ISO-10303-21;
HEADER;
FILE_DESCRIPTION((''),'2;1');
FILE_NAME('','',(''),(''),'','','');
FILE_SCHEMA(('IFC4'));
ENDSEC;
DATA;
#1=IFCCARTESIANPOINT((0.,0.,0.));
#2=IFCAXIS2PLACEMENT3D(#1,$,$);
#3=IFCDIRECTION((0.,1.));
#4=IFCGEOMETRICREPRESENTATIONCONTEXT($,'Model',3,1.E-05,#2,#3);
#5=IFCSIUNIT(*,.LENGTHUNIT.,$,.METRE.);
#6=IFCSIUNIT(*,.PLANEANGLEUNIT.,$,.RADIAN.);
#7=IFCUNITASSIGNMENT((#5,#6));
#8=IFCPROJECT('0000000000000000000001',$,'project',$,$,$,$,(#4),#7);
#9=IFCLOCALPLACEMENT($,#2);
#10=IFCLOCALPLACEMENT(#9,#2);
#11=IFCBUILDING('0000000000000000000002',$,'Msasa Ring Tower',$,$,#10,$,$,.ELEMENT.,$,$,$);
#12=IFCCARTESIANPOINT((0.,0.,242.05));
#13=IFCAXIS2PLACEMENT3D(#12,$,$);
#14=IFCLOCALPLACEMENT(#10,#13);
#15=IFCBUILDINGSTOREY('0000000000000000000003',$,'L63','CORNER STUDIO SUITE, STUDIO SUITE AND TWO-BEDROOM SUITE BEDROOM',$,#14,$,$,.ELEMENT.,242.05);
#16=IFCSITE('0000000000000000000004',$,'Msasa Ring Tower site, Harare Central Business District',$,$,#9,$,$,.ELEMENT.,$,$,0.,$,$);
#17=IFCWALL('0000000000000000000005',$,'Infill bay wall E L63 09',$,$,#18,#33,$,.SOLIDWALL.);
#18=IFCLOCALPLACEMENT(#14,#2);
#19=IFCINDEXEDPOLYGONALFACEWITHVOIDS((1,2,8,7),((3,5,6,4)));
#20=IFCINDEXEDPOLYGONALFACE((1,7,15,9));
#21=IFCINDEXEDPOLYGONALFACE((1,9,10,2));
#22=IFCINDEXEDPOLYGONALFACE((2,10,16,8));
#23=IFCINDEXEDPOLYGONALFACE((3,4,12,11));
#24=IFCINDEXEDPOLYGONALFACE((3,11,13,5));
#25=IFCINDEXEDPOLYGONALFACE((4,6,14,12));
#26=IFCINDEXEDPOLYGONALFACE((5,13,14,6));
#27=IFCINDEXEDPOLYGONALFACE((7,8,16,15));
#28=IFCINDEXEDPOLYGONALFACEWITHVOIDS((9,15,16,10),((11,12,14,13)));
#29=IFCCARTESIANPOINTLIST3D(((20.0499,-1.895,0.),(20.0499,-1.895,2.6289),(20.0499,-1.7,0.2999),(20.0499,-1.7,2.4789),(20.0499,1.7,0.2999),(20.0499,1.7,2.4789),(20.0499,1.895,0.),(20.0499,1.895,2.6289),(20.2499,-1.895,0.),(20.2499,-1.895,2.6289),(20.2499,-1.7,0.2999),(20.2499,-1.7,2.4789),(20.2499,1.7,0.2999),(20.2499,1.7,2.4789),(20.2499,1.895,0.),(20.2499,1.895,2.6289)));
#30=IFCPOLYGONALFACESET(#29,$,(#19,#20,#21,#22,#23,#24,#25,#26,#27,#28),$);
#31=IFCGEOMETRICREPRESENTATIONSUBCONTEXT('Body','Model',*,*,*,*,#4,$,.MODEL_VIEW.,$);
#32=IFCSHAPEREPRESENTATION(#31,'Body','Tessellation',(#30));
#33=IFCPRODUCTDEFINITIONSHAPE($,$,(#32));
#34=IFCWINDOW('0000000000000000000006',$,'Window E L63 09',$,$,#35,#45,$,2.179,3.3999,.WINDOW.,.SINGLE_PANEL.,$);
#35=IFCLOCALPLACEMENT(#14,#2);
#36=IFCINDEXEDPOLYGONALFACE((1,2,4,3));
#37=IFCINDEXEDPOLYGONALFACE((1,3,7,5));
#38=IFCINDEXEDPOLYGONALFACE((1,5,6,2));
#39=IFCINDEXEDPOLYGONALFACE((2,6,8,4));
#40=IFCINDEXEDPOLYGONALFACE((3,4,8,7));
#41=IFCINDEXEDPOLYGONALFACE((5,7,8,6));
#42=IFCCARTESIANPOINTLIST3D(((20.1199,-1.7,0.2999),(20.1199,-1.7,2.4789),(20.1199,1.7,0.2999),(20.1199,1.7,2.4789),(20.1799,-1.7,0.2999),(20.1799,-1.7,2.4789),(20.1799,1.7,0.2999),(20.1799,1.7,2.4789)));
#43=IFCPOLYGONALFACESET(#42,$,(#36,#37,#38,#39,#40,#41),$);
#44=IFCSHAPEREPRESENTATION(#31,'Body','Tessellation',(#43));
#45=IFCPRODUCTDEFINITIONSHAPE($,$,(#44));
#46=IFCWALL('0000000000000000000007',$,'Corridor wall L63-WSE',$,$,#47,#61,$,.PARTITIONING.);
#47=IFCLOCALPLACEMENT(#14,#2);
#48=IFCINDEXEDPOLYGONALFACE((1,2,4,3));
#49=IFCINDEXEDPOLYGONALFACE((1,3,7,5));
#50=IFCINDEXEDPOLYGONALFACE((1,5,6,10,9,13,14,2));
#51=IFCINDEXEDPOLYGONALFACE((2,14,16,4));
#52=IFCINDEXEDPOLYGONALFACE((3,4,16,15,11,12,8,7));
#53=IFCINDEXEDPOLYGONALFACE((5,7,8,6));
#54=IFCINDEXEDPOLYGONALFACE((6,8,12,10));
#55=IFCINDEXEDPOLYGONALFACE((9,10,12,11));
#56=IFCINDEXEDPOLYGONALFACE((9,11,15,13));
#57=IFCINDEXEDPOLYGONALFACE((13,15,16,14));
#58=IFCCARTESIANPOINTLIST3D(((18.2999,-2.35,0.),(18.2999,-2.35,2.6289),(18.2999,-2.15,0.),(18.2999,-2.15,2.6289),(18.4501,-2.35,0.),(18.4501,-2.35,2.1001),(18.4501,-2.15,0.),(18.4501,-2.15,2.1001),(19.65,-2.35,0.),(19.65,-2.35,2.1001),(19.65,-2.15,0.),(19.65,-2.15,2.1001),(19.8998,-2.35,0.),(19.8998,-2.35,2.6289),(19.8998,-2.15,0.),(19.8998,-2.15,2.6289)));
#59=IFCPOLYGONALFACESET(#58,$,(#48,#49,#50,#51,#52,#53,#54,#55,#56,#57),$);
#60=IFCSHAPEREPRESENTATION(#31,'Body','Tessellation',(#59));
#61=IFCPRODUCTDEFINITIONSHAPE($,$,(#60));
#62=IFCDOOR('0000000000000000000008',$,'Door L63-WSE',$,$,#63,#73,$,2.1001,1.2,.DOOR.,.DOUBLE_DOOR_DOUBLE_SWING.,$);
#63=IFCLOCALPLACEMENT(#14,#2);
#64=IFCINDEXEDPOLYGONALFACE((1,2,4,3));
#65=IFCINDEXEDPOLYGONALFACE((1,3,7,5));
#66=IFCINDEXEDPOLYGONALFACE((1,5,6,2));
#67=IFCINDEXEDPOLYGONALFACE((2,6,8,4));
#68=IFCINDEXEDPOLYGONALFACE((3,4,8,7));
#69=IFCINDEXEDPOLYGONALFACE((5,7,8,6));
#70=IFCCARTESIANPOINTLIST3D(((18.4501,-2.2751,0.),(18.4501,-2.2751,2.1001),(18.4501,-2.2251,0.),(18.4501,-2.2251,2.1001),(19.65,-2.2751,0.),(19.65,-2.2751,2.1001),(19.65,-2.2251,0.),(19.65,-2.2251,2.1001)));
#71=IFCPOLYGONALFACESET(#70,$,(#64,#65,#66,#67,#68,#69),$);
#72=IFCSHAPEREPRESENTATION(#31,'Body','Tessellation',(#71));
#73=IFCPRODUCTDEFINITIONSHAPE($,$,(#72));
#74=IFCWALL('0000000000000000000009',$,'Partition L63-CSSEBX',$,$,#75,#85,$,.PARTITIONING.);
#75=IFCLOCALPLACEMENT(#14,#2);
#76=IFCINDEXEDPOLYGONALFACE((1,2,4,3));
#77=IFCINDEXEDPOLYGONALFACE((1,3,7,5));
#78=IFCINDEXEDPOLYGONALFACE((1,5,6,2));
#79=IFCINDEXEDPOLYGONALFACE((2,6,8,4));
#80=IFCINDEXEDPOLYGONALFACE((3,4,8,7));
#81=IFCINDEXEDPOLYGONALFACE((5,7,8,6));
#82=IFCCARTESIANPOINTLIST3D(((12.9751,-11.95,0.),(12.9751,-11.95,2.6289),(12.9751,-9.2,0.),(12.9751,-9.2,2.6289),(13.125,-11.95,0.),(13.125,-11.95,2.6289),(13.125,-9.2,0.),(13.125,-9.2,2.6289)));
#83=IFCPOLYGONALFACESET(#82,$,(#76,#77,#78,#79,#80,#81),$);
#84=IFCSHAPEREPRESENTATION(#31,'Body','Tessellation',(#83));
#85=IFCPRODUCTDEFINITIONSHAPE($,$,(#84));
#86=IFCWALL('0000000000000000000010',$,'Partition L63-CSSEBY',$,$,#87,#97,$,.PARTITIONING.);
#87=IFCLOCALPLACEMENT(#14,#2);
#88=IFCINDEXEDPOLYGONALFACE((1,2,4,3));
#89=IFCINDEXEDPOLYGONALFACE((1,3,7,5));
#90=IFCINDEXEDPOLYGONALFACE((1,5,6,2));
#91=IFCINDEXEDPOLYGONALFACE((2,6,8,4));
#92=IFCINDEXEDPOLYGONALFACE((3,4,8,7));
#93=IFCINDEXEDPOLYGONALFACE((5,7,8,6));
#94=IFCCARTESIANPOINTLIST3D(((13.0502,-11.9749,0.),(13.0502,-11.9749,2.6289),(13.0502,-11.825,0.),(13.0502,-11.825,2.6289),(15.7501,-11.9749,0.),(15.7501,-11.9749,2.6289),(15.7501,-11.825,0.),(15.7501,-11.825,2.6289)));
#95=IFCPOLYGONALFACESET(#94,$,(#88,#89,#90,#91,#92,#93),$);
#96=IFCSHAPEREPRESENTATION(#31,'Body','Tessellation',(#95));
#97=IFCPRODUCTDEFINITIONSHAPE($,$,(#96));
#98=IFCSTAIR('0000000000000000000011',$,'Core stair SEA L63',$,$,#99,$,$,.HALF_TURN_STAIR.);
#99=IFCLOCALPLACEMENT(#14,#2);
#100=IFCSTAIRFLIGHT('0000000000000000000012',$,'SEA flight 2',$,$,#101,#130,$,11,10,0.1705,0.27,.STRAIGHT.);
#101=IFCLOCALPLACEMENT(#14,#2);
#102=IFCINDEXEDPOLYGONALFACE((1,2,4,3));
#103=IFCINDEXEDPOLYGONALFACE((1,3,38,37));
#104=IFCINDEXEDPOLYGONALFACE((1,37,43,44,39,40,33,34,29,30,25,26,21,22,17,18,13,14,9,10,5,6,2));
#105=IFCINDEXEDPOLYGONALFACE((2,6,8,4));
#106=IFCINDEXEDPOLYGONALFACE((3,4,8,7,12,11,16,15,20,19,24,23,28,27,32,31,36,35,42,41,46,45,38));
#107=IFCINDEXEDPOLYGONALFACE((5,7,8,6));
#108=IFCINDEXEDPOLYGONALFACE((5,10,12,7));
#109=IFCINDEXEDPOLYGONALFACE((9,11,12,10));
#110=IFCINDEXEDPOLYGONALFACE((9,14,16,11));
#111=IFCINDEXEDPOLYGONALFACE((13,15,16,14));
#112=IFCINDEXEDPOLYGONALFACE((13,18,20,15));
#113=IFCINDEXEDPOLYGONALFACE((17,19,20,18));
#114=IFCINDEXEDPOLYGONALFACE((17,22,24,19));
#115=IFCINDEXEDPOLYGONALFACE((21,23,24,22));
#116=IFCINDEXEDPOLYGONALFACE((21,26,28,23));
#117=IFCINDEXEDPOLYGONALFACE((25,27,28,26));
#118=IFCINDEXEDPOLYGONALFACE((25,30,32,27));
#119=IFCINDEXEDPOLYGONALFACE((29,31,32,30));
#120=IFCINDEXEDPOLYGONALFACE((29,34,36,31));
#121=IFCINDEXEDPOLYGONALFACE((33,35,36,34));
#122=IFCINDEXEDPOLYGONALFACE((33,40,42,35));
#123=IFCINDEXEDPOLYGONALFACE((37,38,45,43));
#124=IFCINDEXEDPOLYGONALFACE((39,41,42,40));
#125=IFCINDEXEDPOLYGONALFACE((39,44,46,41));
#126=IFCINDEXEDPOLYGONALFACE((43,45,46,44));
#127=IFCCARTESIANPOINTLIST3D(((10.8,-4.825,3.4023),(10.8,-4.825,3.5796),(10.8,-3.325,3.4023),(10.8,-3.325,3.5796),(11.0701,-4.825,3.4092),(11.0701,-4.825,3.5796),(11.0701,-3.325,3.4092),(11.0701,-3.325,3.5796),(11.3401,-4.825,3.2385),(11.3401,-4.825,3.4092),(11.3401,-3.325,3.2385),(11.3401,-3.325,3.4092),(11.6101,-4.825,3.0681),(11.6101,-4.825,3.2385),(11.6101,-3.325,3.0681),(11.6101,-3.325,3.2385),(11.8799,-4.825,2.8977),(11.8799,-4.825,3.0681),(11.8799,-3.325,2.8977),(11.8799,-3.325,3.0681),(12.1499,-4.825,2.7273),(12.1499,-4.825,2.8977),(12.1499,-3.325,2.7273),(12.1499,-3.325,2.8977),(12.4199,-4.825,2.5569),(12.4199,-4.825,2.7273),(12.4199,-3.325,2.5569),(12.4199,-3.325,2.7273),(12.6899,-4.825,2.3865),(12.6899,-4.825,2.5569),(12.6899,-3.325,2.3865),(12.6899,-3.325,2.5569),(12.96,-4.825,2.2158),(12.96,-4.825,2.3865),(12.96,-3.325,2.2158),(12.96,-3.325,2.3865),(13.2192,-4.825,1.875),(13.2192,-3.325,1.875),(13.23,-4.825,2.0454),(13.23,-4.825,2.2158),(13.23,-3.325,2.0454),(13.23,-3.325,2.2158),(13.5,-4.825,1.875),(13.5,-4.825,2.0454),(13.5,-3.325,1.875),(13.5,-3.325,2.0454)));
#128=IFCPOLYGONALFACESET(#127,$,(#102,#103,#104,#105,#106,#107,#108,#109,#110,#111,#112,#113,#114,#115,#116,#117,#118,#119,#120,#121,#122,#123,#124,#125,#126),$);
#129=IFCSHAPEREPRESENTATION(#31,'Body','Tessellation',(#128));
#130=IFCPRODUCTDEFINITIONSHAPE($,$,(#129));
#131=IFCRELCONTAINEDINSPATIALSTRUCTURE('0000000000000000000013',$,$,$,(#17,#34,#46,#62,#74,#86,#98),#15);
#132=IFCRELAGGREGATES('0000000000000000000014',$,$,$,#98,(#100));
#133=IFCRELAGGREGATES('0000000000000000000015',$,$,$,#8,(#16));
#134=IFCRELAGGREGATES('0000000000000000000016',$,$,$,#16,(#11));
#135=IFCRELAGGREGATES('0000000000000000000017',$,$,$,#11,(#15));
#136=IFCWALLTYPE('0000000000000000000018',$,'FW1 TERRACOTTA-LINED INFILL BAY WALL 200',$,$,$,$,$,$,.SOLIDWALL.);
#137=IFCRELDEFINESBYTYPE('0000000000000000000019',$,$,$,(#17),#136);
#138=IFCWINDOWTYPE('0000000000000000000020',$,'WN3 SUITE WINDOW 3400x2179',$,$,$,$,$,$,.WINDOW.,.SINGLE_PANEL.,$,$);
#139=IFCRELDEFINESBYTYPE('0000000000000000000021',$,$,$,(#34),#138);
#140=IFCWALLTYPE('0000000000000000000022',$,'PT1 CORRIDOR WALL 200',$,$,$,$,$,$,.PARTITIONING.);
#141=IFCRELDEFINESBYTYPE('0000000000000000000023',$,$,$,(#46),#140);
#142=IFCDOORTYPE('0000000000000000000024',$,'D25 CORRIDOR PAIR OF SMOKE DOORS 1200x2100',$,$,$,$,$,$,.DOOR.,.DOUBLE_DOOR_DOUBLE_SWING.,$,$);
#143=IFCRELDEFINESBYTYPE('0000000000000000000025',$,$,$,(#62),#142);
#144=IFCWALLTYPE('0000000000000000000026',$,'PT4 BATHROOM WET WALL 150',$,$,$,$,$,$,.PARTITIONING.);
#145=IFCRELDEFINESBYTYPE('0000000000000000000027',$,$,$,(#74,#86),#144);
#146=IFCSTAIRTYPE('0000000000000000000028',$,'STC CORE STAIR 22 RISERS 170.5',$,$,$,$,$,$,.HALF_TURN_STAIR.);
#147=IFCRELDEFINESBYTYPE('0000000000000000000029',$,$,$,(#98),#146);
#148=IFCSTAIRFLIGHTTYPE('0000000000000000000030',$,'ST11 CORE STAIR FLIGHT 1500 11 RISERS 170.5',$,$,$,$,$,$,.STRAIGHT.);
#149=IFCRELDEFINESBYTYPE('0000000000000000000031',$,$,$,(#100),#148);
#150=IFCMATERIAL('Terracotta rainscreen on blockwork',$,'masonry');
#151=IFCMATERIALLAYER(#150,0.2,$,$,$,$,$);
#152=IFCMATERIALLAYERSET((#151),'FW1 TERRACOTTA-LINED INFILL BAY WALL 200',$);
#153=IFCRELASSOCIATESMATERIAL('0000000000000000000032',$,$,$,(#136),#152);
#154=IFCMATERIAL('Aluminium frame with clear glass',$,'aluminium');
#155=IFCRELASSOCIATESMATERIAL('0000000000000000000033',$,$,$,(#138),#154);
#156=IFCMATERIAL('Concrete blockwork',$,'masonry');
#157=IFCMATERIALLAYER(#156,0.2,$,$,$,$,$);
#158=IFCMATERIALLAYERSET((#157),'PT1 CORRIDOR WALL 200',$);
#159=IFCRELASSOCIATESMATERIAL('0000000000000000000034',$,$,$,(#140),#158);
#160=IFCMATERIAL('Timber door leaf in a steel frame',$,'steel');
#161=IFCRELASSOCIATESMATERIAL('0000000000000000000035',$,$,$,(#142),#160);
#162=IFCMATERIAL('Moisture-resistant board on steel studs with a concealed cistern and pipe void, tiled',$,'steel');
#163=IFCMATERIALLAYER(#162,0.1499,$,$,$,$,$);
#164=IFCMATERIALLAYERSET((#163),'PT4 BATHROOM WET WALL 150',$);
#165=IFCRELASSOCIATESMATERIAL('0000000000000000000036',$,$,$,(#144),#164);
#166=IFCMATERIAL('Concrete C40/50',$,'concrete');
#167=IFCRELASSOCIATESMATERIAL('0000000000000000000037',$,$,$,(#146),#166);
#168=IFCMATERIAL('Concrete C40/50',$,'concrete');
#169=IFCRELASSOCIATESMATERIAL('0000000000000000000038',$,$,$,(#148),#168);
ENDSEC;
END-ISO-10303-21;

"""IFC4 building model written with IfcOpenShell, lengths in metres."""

from ifc_helpers import new_model, si_unit, direction, frame, frame_2d, origin, place, context, subcontext, project, spatial, polyline, rectangle, outline, extrude, material, layer, layer_set, type_object, element, fill, aggregate, save


model = new_model("IFC4")

# Units and contexts
model_context = context("Model", 3, precision=1e-05, world=origin(), true_north=direction((0.0, 1.0)))
body_context = subcontext(model_context, "Body", "Model", "MODEL_VIEW")
ifc_project = project(units=[si_unit("LENGTHUNIT", "METRE"), si_unit("PLANEANGLEUNIT", "RADIAN")], contexts=[model_context])

# Site, building, storey
site_placement = place(None, origin())
site = spatial("IfcSite", under=ifc_project, at=site_placement, Name="Msasa Ring Tower site, Harare Central Business District", CompositionType="ELEMENT", RefElevation=0.0)
building_placement = place(site_placement, origin())
building = spatial("IfcBuilding", under=site, at=building_placement, Name="Msasa Ring Tower", CompositionType="ELEMENT")
storey_placement = place(building_placement, frame((0.0, 0.0, 242.05)))
storey = spatial("IfcBuildingStorey", under=building, at=storey_placement, Name="L63", Description="CORNER STUDIO SUITE, STUDIO SUITE AND TWO-BEDROOM SUITE BEDROOM", CompositionType="ELEMENT", Elevation=242.05)

# Wall, opening, window
ifc_material_1 = material(Name="Terracotta rainscreen on blockwork", Category="masonry")
ifc_layer_1 = layer(ifc_material_1, 0.2)
ifc_layer_set_1 = layer_set([ifc_layer_1], Name="FW1 TERRACOTTA-LINED INFILL BAY WALL 200")
wall_type_1 = type_object("IfcWallType", Name="FW1 TERRACOTTA-LINED INFILL BAY WALL 200", PredefinedType="SOLIDWALL", material=ifc_layer_set_1)
ifc_material_2 = material(Name="Aluminium frame with clear glass", Category="aluminium")
window_type = type_object("IfcWindowType", Name="WN3 SUITE WINDOW 3400x2179", PartitioningType="SINGLE_PANEL", PredefinedType="WINDOW", material=ifc_material_2)
wall_1_placement = place(storey_placement, frame((20.1499, -1.895, 0.0), z_axis=(0.0, 0.0, 1.0), x_axis=(0.0, 1.0, 0.0)))
wall_1 = element("IfcWall", 1, at=wall_1_placement, inside=storey, type_object=wall_type_1, Name="Infill bay wall E L63 09", PredefinedType="SOLIDWALL", context=body_context, shape_type="SweptSolid", body=[
    extrude(rectangle(XDim=3.79, YDim=0.2, at=frame_2d((1.895, 0.0))), origin(), (0.0, 0.0, 1.0), 2.6289),
])
opening_1_placement = place(wall_1_placement, frame((0.1951, 0.0, 0.3)))
opening_1 = element("IfcOpeningElement", 2, at=opening_1_placement, cuts=wall_1, PredefinedType="OPENING", context=body_context, shape_type="SweptSolid", body=[
    extrude(rectangle(XDim=3.3999, YDim=2.179, at=frame_2d((1.7, 1.0894))), frame((0.0, 0.1099, 0.0), z_axis=(0.0, -1.0, 0.0), x_axis=(1.0, 0.0, 0.0)), (0.0, 0.0, 1.0), 0.22),
])
window_1_placement = place(opening_1_placement, origin())
window_1 = element("IfcWindow", 3, at=window_1_placement, inside=storey, type_object=window_type, Name="Window E L63 09", OverallHeight=2.179, OverallWidth=3.3999, PartitioningType="SINGLE_PANEL", PredefinedType="WINDOW", context=body_context, shape_type="SweptSolid", body=[
    extrude(rectangle(XDim=3.3999, YDim=2.179, at=frame_2d((1.7, 1.0894))), frame((0.0, 0.03, 0.0), z_axis=(0.0, -1.0, 0.0), x_axis=(1.0, 0.0, 0.0)), (0.0, 0.0, 1.0), 0.0601),
])
fill(opening_1, window_1)

# Wall, opening, door
ifc_material_3 = material(Name="Concrete blockwork", Category="masonry")
ifc_layer_2 = layer(ifc_material_3, 0.2)
ifc_layer_set_2 = layer_set([ifc_layer_2], Name="PT1 CORRIDOR WALL 200")
wall_type_2 = type_object("IfcWallType", Name="PT1 CORRIDOR WALL 200", PredefinedType="PARTITIONING", material=ifc_layer_set_2)
wall_2_placement = place(storey_placement, frame((18.3, -2.25, 0.0), z_axis=(0.0, 0.0, 1.0), x_axis=(1.0, 0.0, 0.0)))
wall_2 = element("IfcWall", 4, at=wall_2_placement, inside=storey, type_object=wall_type_2, Name="Corridor wall L63-WSE", PredefinedType="PARTITIONING", context=body_context, shape_type="SweptSolid", body=[
    extrude(rectangle(XDim=1.5999, YDim=0.2, at=frame_2d((0.7998, 0.0))), origin(), (0.0, 0.0, 1.0), 2.6289),
])
opening_2_placement = place(wall_2_placement, frame((0.1499, 0.0, 0.0)))
opening_2 = element("IfcOpeningElement", 5, at=opening_2_placement, cuts=wall_2, PredefinedType="OPENING", context=body_context, shape_type="SweptSolid", body=[
    extrude(rectangle(XDim=1.2, YDim=2.1001, at=frame_2d((0.6001, 1.05))), frame((0.0, 0.1099, 0.0), z_axis=(0.0, -1.0, 0.0), x_axis=(1.0, 0.0, 0.0)), (0.0, 0.0, 1.0), 0.22),
])
ifc_material_4 = material(Name="Timber door leaf in a steel frame", Category="steel")
door_type_1 = type_object("IfcDoorType", Name="D25 CORRIDOR PAIR OF SMOKE DOORS 1200x2100", OperationType="DOUBLE_DOOR_DOUBLE_SWING", PredefinedType="DOOR", material=ifc_material_4)
door_1_placement = place(opening_2_placement, origin())
door_1 = element("IfcDoor", 6, at=door_1_placement, inside=storey, type_object=door_type_1, Name="Door L63-WSE", OperationType="DOUBLE_DOOR_DOUBLE_SWING", OverallHeight=2.1001, OverallWidth=1.2, PredefinedType="DOOR", context=body_context, shape_type="SweptSolid", body=[
    extrude(rectangle(XDim=1.2, YDim=2.1001, at=frame_2d((0.6001, 1.05))), frame((0.0, 0.0249, 0.0), z_axis=(0.0, -1.0, 0.0), x_axis=(1.0, 0.0, 0.0)), (0.0, 0.0, 1.0), 0.05),
])
fill(opening_2, door_1)

# Walls
ifc_material_5 = material(Name="Moisture-resistant board on steel studs with a concealed cistern and pipe void, tiled", Category="steel")
ifc_layer_3 = layer(ifc_material_5, 0.1499)
ifc_layer_set_3 = layer_set([ifc_layer_3], Name="PT4 BATHROOM WET WALL 150")
wall_type_3 = type_object("IfcWallType", Name="PT4 BATHROOM WET WALL 150", PredefinedType="PARTITIONING", material=ifc_layer_set_3)
wall_3_placement = place(storey_placement, frame((13.05, -11.95, 0.0), z_axis=(0.0, 0.0, 1.0), x_axis=(0.0, 1.0, 0.0)))
element("IfcWall", 7, at=wall_3_placement, inside=storey, type_object=wall_type_3, Name="Partition L63-CSSEBX", PredefinedType="PARTITIONING", context=body_context, shape_type="SweptSolid", body=[
    extrude(rectangle(XDim=2.75, YDim=0.1499, at=frame_2d((1.375, 0.0))), origin(), (0.0, 0.0, 1.0), 2.6289),
])
wall_4_placement = place(storey_placement, frame((13.05, -11.8999, 0.0), z_axis=(0.0, 0.0, 1.0), x_axis=(1.0, 0.0, 0.0)))
element("IfcWall", 8, at=wall_4_placement, inside=storey, type_object=wall_type_3, Name="Partition L63-CSSEBY", PredefinedType="PARTITIONING", context=body_context, shape_type="SweptSolid", body=[
    extrude(rectangle(XDim=2.7, YDim=0.1499, at=frame_2d((1.3501, 0.0))), origin(), (0.0, 0.0, 1.0), 2.6289),
])

# Stair, stair flight
ifc_material_6 = material(Name="Concrete C40/50", Category="concrete")
stair_type = type_object("IfcStairType", Name="STC CORE STAIR 22 RISERS 170.5", PredefinedType="HALF_TURN_STAIR", material=ifc_material_6)
stair_placement = place(storey_placement, origin())
stair = element("IfcStair", 9, at=stair_placement, inside=storey, type_object=stair_type, Name="Core stair SEA L63", PredefinedType="HALF_TURN_STAIR")
ifc_material_7 = material(Name="Concrete C40/50", Category="concrete")
stair_flight_type = type_object("IfcStairFlightType", Name="ST11 CORE STAIR FLIGHT 1500 11 RISERS 170.5", PredefinedType="STRAIGHT", material=ifc_material_7)
stair_flight_placement = place(storey_placement, frame((13.5, -4.075, 1.875), z_axis=(0.0, 0.0, 1.0), x_axis=(-1.0, 0.0, 0.0)))
stair_flight = element("IfcStairFlight", 10, at=stair_flight_placement, type_object=stair_flight_type, Name="SEA flight 2", NumberOfRisers=11, NumberOfTreads=10, PredefinedType="STRAIGHT", RiserHeight=0.1705, TreadLength=0.27, context=body_context, shape_type="SweptSolid", body=[
    extrude(outline(polyline([(0.0, 0.0), (0.0, 0.1704), (0.27, 0.1704), (0.27, 0.3408), (0.54, 0.3408), (0.54, 0.5115), (0.8101, 0.5115), (0.8101, 0.6819), (1.0801, 0.6819), (1.0801, 0.8523), (1.3501, 0.8523), (1.3501, 1.0227), (1.6201, 1.0227), (1.6201, 1.1931), (1.8899, 1.1931), (1.8899, 1.3635), (2.1599, 1.3635), (2.1599, 1.5342), (2.4299, 1.5342), (2.4299, 1.7046), (2.7, 1.7046), (2.7, 1.875), (2.7, 1.5273), (0.2808, 0.0), (0.0, 0.0)])), frame((0.0, 0.75, 0.0), z_axis=(0.0, -1.0, 0.0), x_axis=(1.0, 0.0, 0.0)), (0.0, 0.0, 1.0), 1.5),
])
aggregate(stair, [stair_flight])

save(model, "model.ifc")
